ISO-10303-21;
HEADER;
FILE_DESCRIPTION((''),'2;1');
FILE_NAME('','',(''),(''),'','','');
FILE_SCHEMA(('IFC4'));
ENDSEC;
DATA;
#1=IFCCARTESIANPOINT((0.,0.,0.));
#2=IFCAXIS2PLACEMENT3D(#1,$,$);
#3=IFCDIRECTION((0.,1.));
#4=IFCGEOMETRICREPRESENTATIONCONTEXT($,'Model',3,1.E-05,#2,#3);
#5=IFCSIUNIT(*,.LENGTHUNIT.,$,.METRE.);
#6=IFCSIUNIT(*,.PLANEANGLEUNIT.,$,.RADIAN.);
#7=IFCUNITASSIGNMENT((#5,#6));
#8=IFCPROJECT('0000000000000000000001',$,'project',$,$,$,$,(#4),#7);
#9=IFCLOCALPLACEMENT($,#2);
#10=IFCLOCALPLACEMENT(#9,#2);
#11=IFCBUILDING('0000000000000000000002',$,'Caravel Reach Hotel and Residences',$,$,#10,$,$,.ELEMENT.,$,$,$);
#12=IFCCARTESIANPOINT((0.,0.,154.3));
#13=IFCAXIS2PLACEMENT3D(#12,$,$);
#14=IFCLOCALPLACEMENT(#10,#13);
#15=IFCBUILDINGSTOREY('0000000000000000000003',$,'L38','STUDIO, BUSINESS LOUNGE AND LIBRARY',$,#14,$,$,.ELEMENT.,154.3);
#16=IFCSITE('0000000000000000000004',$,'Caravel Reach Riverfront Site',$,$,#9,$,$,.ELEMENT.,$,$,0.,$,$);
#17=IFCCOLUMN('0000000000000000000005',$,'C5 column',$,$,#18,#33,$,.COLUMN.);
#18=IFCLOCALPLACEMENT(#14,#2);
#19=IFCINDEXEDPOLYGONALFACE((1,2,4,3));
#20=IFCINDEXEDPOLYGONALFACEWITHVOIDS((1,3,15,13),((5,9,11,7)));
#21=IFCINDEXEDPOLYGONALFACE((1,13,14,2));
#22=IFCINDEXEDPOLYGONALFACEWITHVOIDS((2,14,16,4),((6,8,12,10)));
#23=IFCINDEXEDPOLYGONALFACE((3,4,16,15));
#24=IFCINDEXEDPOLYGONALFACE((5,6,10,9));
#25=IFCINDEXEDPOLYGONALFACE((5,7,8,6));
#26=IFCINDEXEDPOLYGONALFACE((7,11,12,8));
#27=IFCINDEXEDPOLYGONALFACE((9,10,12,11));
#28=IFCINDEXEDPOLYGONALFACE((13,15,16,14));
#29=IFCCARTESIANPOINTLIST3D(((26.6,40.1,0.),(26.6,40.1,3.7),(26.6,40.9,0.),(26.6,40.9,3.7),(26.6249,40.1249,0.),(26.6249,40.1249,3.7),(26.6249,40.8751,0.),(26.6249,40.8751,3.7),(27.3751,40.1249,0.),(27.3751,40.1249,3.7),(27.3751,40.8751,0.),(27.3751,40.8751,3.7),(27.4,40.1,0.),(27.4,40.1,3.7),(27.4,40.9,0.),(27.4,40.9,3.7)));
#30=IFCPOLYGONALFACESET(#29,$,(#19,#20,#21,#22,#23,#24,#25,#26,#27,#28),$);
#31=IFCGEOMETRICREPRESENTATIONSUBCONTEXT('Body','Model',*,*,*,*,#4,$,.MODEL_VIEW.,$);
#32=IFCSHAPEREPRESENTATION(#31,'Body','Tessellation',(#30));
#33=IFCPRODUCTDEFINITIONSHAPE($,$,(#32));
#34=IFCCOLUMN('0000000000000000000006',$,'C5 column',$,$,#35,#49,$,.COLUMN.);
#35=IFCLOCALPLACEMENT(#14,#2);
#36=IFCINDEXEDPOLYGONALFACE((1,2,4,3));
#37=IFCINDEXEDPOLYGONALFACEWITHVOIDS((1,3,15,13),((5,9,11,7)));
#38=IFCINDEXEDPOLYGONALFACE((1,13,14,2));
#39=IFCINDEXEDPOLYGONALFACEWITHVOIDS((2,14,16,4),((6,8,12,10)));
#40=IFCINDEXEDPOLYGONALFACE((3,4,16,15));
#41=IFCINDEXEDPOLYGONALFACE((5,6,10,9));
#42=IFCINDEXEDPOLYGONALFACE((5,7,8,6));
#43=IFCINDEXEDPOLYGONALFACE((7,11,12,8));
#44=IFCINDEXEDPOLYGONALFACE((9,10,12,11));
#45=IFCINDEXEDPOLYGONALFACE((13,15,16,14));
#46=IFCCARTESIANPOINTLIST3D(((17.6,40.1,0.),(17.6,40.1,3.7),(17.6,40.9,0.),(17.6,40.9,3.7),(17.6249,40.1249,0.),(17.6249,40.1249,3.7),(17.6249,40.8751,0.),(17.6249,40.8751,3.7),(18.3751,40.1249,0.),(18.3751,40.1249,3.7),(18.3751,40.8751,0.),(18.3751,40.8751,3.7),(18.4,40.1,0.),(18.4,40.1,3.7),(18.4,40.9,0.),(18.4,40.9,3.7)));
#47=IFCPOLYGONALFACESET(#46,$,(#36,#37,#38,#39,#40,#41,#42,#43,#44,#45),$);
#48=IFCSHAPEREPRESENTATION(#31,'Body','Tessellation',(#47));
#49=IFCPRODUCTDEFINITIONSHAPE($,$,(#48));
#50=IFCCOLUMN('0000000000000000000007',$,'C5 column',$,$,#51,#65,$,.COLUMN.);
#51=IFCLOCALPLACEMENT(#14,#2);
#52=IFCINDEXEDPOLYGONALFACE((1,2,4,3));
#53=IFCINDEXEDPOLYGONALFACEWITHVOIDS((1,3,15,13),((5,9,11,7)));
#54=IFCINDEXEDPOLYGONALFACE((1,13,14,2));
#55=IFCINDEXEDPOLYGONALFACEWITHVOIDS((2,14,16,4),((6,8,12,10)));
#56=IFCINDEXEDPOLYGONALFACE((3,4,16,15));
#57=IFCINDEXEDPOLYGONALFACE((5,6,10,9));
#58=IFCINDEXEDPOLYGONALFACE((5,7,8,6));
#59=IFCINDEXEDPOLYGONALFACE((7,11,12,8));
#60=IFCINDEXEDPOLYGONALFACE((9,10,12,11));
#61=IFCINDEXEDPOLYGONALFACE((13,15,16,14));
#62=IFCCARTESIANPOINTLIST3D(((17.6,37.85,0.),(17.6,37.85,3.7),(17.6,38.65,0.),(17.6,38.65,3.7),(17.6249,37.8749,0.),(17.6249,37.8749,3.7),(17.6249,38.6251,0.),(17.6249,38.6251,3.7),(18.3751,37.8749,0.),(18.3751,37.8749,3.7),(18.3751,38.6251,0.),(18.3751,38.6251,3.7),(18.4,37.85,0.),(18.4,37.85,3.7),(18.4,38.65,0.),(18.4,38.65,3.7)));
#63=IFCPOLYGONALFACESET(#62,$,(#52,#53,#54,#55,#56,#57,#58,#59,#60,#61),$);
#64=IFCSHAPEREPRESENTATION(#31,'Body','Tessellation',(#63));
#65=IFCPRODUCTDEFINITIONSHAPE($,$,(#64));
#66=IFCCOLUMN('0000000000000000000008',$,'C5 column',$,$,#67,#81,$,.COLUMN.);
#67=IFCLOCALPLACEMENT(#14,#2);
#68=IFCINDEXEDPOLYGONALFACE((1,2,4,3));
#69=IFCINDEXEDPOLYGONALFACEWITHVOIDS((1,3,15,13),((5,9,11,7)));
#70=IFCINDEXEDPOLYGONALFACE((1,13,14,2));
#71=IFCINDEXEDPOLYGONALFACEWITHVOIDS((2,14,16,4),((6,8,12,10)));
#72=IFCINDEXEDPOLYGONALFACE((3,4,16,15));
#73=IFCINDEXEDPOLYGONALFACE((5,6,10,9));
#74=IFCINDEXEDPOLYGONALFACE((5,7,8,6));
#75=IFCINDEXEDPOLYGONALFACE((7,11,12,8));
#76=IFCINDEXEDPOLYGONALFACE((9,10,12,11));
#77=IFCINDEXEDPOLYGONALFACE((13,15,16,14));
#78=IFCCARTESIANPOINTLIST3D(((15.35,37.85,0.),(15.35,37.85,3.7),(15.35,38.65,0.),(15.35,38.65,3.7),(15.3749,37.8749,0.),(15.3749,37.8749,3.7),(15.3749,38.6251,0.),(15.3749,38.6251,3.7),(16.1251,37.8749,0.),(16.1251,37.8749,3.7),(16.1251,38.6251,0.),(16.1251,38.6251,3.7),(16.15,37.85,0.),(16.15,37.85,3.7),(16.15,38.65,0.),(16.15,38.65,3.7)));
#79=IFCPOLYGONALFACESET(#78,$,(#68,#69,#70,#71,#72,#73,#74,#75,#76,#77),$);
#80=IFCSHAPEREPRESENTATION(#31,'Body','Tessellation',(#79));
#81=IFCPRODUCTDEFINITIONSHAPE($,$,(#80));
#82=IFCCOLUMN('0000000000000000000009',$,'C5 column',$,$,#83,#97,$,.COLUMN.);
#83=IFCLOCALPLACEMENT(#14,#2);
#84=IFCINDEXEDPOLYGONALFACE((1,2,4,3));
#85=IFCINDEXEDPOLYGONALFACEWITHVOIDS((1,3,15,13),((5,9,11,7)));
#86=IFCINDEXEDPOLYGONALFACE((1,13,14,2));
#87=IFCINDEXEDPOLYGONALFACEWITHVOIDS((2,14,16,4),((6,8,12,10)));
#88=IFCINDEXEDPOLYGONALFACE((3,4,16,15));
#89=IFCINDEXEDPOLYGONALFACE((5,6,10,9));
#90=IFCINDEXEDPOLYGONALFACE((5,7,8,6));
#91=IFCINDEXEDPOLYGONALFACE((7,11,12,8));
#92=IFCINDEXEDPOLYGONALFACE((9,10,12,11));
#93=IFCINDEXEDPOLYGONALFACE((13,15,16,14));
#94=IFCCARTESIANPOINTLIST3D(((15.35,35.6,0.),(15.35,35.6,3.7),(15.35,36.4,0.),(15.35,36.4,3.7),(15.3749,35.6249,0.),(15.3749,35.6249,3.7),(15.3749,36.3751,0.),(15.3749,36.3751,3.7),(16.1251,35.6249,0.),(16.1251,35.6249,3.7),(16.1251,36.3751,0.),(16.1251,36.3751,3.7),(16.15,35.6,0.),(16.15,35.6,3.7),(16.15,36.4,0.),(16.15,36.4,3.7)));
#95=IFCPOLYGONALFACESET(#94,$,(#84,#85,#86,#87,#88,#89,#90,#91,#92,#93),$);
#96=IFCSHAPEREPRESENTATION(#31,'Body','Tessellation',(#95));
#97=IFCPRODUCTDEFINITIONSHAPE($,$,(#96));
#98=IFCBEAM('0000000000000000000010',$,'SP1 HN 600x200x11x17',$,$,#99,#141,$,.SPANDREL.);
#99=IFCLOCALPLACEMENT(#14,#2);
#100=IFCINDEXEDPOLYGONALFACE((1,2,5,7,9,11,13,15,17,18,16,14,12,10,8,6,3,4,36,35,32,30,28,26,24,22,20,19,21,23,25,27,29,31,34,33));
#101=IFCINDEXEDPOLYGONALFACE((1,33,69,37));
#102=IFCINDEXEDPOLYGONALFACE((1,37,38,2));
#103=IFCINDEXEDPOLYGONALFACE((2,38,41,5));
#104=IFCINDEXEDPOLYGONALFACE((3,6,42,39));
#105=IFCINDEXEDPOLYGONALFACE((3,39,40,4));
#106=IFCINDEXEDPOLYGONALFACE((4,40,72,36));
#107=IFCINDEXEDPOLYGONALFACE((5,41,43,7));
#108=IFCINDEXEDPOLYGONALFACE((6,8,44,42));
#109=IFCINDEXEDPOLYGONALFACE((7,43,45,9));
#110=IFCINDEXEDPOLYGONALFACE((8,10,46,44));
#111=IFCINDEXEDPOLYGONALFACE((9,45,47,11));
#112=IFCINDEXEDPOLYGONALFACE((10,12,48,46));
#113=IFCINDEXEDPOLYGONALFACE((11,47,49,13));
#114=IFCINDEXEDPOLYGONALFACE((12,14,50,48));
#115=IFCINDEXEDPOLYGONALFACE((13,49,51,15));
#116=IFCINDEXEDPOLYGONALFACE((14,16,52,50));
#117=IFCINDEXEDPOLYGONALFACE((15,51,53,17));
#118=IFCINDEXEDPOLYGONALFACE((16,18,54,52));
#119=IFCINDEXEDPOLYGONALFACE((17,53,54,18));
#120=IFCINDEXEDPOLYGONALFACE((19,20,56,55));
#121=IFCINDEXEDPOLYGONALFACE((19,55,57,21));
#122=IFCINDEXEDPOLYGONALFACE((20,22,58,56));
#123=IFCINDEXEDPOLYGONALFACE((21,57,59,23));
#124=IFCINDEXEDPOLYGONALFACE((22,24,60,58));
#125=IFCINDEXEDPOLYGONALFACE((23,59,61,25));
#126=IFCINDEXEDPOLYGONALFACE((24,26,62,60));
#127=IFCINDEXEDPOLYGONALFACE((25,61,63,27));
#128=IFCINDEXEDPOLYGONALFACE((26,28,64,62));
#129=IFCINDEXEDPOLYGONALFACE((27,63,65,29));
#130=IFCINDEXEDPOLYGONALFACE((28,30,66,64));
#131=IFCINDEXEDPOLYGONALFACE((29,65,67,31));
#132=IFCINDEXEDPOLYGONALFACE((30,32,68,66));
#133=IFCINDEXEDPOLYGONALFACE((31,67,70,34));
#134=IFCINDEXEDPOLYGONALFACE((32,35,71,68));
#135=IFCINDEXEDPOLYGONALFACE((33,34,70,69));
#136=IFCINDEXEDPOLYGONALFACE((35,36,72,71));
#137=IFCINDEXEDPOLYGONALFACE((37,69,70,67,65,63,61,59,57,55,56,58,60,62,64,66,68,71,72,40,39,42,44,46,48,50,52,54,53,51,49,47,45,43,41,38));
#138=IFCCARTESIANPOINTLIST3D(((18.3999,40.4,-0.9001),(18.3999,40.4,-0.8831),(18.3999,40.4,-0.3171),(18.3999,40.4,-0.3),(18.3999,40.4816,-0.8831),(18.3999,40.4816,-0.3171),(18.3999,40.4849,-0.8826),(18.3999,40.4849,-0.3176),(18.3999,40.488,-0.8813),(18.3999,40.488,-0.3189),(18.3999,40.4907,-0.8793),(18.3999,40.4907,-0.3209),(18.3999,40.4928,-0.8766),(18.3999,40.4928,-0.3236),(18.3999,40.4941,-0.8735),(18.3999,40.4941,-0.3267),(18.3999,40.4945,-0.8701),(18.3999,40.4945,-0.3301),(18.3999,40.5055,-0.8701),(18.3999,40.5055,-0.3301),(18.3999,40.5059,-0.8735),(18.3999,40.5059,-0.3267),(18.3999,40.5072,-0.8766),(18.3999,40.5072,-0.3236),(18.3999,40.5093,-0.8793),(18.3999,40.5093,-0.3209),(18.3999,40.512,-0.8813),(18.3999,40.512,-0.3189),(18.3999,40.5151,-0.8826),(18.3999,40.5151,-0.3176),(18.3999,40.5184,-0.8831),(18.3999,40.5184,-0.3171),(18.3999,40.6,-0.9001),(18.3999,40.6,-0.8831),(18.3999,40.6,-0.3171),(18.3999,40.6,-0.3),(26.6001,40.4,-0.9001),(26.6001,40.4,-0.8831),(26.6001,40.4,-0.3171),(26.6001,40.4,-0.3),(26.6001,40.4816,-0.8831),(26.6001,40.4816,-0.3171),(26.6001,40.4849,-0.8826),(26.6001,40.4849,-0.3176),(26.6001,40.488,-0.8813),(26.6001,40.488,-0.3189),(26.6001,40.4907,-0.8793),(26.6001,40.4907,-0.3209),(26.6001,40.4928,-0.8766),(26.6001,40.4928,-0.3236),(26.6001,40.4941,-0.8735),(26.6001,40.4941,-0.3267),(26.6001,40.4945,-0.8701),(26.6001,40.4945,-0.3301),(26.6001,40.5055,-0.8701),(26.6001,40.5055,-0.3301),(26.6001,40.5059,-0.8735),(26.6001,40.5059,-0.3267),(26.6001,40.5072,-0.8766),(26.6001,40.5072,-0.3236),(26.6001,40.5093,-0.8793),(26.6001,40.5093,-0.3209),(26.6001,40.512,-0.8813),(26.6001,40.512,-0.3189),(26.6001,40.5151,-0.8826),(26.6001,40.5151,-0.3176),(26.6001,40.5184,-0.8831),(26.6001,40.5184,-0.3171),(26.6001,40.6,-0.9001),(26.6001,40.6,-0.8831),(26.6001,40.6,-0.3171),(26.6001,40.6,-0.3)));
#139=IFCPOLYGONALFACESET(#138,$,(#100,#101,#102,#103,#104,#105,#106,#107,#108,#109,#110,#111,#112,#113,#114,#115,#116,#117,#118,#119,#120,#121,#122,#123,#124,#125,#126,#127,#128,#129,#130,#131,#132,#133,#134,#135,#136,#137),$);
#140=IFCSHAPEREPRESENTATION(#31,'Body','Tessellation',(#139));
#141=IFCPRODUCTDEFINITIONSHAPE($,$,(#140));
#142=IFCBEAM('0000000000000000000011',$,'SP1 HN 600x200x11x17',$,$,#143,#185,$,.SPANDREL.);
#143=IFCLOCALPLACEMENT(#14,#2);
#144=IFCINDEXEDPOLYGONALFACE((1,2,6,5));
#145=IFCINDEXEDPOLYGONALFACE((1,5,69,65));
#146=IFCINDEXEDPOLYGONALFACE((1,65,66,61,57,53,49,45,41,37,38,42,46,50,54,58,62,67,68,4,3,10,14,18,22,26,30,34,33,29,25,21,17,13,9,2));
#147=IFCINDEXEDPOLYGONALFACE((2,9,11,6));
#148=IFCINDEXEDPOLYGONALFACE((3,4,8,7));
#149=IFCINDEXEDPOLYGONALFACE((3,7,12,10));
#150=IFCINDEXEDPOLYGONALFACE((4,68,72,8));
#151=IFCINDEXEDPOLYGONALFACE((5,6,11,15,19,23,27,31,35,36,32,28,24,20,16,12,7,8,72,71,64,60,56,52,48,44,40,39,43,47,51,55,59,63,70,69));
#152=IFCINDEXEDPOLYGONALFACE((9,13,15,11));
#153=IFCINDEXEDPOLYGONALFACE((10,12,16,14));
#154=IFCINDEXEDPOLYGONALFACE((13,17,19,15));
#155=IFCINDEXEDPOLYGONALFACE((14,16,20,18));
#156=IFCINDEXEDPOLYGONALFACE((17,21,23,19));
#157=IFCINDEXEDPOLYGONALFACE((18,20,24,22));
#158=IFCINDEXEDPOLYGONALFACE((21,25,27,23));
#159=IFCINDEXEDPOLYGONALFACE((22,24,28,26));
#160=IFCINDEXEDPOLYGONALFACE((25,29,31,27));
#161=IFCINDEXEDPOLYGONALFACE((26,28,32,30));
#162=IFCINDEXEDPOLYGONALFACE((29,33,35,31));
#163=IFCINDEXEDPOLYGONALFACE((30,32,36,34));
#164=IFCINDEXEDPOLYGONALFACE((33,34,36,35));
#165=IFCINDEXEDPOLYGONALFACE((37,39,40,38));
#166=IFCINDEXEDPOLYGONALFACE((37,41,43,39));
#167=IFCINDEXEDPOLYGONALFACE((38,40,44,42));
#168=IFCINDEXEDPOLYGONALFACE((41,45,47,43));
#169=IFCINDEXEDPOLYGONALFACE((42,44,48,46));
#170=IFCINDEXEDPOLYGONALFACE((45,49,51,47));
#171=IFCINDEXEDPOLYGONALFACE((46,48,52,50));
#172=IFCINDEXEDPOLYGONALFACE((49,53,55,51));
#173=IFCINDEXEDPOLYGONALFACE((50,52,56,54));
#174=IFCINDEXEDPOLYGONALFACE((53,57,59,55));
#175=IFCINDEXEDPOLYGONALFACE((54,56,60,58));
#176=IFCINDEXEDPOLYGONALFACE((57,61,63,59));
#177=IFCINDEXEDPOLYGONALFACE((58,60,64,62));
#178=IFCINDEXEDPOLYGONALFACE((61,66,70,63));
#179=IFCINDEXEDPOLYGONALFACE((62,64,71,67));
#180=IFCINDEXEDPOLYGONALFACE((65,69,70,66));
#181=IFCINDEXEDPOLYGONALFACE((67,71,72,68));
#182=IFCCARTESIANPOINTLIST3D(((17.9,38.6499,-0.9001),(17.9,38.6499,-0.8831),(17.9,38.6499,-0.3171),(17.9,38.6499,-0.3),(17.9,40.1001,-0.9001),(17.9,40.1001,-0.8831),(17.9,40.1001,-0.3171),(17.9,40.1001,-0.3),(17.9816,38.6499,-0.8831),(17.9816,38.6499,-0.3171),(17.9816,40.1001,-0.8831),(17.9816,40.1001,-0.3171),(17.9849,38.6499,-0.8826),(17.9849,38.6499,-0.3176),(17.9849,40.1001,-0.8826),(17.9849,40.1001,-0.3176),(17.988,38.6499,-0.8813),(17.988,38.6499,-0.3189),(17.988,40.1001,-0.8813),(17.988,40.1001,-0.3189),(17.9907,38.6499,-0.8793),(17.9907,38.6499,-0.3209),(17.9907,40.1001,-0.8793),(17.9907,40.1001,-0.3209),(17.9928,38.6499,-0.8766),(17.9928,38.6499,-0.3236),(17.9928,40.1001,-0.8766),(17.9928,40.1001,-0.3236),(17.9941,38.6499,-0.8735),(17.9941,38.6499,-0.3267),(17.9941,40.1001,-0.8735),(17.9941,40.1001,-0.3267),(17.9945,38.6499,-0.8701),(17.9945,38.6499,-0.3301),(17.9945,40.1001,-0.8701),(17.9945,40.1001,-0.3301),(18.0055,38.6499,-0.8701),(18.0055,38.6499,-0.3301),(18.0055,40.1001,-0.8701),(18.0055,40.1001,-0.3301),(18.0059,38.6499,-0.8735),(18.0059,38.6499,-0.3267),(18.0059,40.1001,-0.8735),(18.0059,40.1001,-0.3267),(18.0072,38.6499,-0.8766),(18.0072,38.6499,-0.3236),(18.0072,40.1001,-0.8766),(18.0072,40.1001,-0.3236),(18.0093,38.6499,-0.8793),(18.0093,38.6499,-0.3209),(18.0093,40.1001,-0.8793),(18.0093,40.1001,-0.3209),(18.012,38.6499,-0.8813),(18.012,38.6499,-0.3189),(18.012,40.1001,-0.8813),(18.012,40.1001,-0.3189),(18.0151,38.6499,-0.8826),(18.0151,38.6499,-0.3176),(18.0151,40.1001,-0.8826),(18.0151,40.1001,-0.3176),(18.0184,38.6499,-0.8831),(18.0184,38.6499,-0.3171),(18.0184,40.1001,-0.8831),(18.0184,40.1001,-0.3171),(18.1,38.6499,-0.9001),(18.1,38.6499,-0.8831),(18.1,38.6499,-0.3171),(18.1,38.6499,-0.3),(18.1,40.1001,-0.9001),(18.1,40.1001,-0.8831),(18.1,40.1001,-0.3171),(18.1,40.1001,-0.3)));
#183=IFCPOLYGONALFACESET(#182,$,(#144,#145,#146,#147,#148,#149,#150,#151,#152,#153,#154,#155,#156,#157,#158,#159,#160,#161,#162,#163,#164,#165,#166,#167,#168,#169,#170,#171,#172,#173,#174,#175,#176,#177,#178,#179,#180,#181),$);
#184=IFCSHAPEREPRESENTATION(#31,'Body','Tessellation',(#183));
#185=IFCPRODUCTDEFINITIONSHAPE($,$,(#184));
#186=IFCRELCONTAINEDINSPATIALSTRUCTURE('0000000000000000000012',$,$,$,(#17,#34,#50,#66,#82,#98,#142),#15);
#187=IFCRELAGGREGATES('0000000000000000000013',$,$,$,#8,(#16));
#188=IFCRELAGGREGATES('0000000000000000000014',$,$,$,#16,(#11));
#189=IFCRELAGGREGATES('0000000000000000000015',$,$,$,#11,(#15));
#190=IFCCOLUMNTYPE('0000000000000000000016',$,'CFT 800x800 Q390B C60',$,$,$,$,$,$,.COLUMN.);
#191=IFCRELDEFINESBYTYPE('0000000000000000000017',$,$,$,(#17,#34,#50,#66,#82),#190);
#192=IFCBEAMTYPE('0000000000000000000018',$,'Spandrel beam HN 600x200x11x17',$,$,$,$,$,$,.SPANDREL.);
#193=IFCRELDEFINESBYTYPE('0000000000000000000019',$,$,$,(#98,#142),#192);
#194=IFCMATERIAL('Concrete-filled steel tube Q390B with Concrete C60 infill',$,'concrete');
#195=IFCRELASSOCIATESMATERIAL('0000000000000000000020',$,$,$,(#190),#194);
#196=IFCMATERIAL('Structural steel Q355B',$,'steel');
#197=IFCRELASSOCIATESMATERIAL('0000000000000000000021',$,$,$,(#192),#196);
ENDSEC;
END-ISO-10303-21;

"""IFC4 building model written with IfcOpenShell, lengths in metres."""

from ifc_helpers import new_model, si_unit, direction, frame, origin, origin_2d, place, context, subcontext, project, spatial, hollow_rectangle, i_section, extrude, material, material_profile, profile_set, type_object, element, save


model = new_model("IFC4")

# Units and contexts
model_context = context("Model", 3, precision=1e-05, world=origin(), true_north=direction((0.0, 1.0)))
body_context = subcontext(model_context, "Body", "Model", "MODEL_VIEW")
ifc_project = project(units=[si_unit("LENGTHUNIT", "METRE"), si_unit("PLANEANGLEUNIT", "RADIAN")], contexts=[model_context])

# Site, building, storey
site_placement = place(None, origin())
site = spatial("IfcSite", under=ifc_project, at=site_placement, Name="Caravel Reach Riverfront Site", CompositionType="ELEMENT", RefElevation=0.0)
building_placement = place(site_placement, origin())
building = spatial("IfcBuilding", under=site, at=building_placement, Name="Caravel Reach Hotel and Residences", CompositionType="ELEMENT")
storey_placement = place(building_placement, frame((0.0, 0.0, 154.3)))
storey = spatial("IfcBuildingStorey", under=building, at=storey_placement, Name="L38", Description="STUDIO, BUSINESS LOUNGE AND LIBRARY", CompositionType="ELEMENT", Elevation=154.3)

# Columns
ifc_material_1 = material(Name="Concrete-filled steel tube Q390B with Concrete C60 infill", Category="concrete")
ifc_material_profile_1 = material_profile(ifc_material_1, hollow_rectangle(XDim=0.8, YDim=0.8, WallThickness=0.0249, at=origin_2d()), Name="RHS 800x800x25")
ifc_profile_set_1 = profile_set([ifc_material_profile_1], Name="Concrete-filled steel tube Q390B with Concrete C60 infill")
column_type = type_object("IfcColumnType", Name="CFT 800x800 Q390B C60", PredefinedType="COLUMN", material=ifc_profile_set_1)
for number, where, z_axis, x_axis, name in (
    (1, (27.0, 40.5, 0.0), (0.0, 0.0, 1.0), (1.0, 0.0, 0.0), "C5 column"),
    (2, (18.0, 40.5, 0.0), (0.0, 0.0, 1.0), (1.0, 0.0, 0.0), "C5 column"),
    (3, (18.0, 38.25, 0.0), (0.0, 0.0, 1.0), (1.0, 0.0, 0.0), "C5 column"),
    (4, (15.75, 38.25, 0.0), (0.0, 0.0, 1.0), (1.0, 0.0, 0.0), "C5 column"),
    (5, (15.75, 36.0, 0.0), (0.0, 0.0, 1.0), (1.0, 0.0, 0.0), "C5 column"),
):
    element("IfcColumn", number, at=place(storey_placement, frame(where, z_axis=z_axis, x_axis=x_axis)), inside=storey, type_object=column_type, Name=name, PredefinedType="COLUMN", context=body_context, shape_type="SweptSolid", body=[
        extrude(hollow_rectangle(XDim=0.8, YDim=0.8, WallThickness=0.0249, at=origin_2d()), origin(), (0.0, 0.0, 1.0), 3.7),
    ])

# Beams
ifc_material_2 = material(Name="Structural steel Q355B", Category="steel")
ifc_material_profile_2 = material_profile(ifc_material_2, i_section(OverallWidth=0.2, OverallDepth=0.6001, WebThickness=0.011, FlangeThickness=0.0171, FilletRadius=0.0129, at=origin_2d()), Name="HN 600x200x11x17")
ifc_profile_set_2 = profile_set([ifc_material_profile_2], Name="Structural steel Q355B")
beam_type = type_object("IfcBeamType", Name="Spandrel beam HN 600x200x11x17", PredefinedType="SPANDREL", material=ifc_profile_set_2)
beam_placement = place(storey_placement, frame((26.6001, 40.5, -0.6001), z_axis=(-1.0, 0.0, 0.0), x_axis=(0.0, -1.0, 0.0)))
element("IfcBeam", 6, at=beam_placement, inside=storey, type_object=beam_type, Name="SP1 HN 600x200x11x17", PredefinedType="SPANDREL", context=body_context, shape_type="SweptSolid", body=[
    extrude(i_section(OverallWidth=0.2, OverallDepth=0.6001, WebThickness=0.011, FlangeThickness=0.0171, FilletRadius=0.0129, at=origin_2d()), origin(), (0.0, 0.0, 1.0), 8.2002),
])
for number, where, z_axis, x_axis, name in (
    (7, (18.0, 40.1001, -0.6001), (0.0, -1.0, 0.0), (1.0, 0.0, 0.0), "SP1 HN 600x200x11x17"),
):
    element("IfcBeam", number, at=place(storey_placement, frame(where, z_axis=z_axis, x_axis=x_axis)), inside=storey, type_object=beam_type, Name=name, PredefinedType="SPANDREL", context=body_context, shape_type="SweptSolid", body=[
        extrude(i_section(OverallWidth=0.2, OverallDepth=0.6001, WebThickness=0.011, FlangeThickness=0.0171, FilletRadius=0.0129, at=origin_2d()), origin(), (0.0, 0.0, 1.0), 1.4502),
    ])

save(model, "model.ifc")
